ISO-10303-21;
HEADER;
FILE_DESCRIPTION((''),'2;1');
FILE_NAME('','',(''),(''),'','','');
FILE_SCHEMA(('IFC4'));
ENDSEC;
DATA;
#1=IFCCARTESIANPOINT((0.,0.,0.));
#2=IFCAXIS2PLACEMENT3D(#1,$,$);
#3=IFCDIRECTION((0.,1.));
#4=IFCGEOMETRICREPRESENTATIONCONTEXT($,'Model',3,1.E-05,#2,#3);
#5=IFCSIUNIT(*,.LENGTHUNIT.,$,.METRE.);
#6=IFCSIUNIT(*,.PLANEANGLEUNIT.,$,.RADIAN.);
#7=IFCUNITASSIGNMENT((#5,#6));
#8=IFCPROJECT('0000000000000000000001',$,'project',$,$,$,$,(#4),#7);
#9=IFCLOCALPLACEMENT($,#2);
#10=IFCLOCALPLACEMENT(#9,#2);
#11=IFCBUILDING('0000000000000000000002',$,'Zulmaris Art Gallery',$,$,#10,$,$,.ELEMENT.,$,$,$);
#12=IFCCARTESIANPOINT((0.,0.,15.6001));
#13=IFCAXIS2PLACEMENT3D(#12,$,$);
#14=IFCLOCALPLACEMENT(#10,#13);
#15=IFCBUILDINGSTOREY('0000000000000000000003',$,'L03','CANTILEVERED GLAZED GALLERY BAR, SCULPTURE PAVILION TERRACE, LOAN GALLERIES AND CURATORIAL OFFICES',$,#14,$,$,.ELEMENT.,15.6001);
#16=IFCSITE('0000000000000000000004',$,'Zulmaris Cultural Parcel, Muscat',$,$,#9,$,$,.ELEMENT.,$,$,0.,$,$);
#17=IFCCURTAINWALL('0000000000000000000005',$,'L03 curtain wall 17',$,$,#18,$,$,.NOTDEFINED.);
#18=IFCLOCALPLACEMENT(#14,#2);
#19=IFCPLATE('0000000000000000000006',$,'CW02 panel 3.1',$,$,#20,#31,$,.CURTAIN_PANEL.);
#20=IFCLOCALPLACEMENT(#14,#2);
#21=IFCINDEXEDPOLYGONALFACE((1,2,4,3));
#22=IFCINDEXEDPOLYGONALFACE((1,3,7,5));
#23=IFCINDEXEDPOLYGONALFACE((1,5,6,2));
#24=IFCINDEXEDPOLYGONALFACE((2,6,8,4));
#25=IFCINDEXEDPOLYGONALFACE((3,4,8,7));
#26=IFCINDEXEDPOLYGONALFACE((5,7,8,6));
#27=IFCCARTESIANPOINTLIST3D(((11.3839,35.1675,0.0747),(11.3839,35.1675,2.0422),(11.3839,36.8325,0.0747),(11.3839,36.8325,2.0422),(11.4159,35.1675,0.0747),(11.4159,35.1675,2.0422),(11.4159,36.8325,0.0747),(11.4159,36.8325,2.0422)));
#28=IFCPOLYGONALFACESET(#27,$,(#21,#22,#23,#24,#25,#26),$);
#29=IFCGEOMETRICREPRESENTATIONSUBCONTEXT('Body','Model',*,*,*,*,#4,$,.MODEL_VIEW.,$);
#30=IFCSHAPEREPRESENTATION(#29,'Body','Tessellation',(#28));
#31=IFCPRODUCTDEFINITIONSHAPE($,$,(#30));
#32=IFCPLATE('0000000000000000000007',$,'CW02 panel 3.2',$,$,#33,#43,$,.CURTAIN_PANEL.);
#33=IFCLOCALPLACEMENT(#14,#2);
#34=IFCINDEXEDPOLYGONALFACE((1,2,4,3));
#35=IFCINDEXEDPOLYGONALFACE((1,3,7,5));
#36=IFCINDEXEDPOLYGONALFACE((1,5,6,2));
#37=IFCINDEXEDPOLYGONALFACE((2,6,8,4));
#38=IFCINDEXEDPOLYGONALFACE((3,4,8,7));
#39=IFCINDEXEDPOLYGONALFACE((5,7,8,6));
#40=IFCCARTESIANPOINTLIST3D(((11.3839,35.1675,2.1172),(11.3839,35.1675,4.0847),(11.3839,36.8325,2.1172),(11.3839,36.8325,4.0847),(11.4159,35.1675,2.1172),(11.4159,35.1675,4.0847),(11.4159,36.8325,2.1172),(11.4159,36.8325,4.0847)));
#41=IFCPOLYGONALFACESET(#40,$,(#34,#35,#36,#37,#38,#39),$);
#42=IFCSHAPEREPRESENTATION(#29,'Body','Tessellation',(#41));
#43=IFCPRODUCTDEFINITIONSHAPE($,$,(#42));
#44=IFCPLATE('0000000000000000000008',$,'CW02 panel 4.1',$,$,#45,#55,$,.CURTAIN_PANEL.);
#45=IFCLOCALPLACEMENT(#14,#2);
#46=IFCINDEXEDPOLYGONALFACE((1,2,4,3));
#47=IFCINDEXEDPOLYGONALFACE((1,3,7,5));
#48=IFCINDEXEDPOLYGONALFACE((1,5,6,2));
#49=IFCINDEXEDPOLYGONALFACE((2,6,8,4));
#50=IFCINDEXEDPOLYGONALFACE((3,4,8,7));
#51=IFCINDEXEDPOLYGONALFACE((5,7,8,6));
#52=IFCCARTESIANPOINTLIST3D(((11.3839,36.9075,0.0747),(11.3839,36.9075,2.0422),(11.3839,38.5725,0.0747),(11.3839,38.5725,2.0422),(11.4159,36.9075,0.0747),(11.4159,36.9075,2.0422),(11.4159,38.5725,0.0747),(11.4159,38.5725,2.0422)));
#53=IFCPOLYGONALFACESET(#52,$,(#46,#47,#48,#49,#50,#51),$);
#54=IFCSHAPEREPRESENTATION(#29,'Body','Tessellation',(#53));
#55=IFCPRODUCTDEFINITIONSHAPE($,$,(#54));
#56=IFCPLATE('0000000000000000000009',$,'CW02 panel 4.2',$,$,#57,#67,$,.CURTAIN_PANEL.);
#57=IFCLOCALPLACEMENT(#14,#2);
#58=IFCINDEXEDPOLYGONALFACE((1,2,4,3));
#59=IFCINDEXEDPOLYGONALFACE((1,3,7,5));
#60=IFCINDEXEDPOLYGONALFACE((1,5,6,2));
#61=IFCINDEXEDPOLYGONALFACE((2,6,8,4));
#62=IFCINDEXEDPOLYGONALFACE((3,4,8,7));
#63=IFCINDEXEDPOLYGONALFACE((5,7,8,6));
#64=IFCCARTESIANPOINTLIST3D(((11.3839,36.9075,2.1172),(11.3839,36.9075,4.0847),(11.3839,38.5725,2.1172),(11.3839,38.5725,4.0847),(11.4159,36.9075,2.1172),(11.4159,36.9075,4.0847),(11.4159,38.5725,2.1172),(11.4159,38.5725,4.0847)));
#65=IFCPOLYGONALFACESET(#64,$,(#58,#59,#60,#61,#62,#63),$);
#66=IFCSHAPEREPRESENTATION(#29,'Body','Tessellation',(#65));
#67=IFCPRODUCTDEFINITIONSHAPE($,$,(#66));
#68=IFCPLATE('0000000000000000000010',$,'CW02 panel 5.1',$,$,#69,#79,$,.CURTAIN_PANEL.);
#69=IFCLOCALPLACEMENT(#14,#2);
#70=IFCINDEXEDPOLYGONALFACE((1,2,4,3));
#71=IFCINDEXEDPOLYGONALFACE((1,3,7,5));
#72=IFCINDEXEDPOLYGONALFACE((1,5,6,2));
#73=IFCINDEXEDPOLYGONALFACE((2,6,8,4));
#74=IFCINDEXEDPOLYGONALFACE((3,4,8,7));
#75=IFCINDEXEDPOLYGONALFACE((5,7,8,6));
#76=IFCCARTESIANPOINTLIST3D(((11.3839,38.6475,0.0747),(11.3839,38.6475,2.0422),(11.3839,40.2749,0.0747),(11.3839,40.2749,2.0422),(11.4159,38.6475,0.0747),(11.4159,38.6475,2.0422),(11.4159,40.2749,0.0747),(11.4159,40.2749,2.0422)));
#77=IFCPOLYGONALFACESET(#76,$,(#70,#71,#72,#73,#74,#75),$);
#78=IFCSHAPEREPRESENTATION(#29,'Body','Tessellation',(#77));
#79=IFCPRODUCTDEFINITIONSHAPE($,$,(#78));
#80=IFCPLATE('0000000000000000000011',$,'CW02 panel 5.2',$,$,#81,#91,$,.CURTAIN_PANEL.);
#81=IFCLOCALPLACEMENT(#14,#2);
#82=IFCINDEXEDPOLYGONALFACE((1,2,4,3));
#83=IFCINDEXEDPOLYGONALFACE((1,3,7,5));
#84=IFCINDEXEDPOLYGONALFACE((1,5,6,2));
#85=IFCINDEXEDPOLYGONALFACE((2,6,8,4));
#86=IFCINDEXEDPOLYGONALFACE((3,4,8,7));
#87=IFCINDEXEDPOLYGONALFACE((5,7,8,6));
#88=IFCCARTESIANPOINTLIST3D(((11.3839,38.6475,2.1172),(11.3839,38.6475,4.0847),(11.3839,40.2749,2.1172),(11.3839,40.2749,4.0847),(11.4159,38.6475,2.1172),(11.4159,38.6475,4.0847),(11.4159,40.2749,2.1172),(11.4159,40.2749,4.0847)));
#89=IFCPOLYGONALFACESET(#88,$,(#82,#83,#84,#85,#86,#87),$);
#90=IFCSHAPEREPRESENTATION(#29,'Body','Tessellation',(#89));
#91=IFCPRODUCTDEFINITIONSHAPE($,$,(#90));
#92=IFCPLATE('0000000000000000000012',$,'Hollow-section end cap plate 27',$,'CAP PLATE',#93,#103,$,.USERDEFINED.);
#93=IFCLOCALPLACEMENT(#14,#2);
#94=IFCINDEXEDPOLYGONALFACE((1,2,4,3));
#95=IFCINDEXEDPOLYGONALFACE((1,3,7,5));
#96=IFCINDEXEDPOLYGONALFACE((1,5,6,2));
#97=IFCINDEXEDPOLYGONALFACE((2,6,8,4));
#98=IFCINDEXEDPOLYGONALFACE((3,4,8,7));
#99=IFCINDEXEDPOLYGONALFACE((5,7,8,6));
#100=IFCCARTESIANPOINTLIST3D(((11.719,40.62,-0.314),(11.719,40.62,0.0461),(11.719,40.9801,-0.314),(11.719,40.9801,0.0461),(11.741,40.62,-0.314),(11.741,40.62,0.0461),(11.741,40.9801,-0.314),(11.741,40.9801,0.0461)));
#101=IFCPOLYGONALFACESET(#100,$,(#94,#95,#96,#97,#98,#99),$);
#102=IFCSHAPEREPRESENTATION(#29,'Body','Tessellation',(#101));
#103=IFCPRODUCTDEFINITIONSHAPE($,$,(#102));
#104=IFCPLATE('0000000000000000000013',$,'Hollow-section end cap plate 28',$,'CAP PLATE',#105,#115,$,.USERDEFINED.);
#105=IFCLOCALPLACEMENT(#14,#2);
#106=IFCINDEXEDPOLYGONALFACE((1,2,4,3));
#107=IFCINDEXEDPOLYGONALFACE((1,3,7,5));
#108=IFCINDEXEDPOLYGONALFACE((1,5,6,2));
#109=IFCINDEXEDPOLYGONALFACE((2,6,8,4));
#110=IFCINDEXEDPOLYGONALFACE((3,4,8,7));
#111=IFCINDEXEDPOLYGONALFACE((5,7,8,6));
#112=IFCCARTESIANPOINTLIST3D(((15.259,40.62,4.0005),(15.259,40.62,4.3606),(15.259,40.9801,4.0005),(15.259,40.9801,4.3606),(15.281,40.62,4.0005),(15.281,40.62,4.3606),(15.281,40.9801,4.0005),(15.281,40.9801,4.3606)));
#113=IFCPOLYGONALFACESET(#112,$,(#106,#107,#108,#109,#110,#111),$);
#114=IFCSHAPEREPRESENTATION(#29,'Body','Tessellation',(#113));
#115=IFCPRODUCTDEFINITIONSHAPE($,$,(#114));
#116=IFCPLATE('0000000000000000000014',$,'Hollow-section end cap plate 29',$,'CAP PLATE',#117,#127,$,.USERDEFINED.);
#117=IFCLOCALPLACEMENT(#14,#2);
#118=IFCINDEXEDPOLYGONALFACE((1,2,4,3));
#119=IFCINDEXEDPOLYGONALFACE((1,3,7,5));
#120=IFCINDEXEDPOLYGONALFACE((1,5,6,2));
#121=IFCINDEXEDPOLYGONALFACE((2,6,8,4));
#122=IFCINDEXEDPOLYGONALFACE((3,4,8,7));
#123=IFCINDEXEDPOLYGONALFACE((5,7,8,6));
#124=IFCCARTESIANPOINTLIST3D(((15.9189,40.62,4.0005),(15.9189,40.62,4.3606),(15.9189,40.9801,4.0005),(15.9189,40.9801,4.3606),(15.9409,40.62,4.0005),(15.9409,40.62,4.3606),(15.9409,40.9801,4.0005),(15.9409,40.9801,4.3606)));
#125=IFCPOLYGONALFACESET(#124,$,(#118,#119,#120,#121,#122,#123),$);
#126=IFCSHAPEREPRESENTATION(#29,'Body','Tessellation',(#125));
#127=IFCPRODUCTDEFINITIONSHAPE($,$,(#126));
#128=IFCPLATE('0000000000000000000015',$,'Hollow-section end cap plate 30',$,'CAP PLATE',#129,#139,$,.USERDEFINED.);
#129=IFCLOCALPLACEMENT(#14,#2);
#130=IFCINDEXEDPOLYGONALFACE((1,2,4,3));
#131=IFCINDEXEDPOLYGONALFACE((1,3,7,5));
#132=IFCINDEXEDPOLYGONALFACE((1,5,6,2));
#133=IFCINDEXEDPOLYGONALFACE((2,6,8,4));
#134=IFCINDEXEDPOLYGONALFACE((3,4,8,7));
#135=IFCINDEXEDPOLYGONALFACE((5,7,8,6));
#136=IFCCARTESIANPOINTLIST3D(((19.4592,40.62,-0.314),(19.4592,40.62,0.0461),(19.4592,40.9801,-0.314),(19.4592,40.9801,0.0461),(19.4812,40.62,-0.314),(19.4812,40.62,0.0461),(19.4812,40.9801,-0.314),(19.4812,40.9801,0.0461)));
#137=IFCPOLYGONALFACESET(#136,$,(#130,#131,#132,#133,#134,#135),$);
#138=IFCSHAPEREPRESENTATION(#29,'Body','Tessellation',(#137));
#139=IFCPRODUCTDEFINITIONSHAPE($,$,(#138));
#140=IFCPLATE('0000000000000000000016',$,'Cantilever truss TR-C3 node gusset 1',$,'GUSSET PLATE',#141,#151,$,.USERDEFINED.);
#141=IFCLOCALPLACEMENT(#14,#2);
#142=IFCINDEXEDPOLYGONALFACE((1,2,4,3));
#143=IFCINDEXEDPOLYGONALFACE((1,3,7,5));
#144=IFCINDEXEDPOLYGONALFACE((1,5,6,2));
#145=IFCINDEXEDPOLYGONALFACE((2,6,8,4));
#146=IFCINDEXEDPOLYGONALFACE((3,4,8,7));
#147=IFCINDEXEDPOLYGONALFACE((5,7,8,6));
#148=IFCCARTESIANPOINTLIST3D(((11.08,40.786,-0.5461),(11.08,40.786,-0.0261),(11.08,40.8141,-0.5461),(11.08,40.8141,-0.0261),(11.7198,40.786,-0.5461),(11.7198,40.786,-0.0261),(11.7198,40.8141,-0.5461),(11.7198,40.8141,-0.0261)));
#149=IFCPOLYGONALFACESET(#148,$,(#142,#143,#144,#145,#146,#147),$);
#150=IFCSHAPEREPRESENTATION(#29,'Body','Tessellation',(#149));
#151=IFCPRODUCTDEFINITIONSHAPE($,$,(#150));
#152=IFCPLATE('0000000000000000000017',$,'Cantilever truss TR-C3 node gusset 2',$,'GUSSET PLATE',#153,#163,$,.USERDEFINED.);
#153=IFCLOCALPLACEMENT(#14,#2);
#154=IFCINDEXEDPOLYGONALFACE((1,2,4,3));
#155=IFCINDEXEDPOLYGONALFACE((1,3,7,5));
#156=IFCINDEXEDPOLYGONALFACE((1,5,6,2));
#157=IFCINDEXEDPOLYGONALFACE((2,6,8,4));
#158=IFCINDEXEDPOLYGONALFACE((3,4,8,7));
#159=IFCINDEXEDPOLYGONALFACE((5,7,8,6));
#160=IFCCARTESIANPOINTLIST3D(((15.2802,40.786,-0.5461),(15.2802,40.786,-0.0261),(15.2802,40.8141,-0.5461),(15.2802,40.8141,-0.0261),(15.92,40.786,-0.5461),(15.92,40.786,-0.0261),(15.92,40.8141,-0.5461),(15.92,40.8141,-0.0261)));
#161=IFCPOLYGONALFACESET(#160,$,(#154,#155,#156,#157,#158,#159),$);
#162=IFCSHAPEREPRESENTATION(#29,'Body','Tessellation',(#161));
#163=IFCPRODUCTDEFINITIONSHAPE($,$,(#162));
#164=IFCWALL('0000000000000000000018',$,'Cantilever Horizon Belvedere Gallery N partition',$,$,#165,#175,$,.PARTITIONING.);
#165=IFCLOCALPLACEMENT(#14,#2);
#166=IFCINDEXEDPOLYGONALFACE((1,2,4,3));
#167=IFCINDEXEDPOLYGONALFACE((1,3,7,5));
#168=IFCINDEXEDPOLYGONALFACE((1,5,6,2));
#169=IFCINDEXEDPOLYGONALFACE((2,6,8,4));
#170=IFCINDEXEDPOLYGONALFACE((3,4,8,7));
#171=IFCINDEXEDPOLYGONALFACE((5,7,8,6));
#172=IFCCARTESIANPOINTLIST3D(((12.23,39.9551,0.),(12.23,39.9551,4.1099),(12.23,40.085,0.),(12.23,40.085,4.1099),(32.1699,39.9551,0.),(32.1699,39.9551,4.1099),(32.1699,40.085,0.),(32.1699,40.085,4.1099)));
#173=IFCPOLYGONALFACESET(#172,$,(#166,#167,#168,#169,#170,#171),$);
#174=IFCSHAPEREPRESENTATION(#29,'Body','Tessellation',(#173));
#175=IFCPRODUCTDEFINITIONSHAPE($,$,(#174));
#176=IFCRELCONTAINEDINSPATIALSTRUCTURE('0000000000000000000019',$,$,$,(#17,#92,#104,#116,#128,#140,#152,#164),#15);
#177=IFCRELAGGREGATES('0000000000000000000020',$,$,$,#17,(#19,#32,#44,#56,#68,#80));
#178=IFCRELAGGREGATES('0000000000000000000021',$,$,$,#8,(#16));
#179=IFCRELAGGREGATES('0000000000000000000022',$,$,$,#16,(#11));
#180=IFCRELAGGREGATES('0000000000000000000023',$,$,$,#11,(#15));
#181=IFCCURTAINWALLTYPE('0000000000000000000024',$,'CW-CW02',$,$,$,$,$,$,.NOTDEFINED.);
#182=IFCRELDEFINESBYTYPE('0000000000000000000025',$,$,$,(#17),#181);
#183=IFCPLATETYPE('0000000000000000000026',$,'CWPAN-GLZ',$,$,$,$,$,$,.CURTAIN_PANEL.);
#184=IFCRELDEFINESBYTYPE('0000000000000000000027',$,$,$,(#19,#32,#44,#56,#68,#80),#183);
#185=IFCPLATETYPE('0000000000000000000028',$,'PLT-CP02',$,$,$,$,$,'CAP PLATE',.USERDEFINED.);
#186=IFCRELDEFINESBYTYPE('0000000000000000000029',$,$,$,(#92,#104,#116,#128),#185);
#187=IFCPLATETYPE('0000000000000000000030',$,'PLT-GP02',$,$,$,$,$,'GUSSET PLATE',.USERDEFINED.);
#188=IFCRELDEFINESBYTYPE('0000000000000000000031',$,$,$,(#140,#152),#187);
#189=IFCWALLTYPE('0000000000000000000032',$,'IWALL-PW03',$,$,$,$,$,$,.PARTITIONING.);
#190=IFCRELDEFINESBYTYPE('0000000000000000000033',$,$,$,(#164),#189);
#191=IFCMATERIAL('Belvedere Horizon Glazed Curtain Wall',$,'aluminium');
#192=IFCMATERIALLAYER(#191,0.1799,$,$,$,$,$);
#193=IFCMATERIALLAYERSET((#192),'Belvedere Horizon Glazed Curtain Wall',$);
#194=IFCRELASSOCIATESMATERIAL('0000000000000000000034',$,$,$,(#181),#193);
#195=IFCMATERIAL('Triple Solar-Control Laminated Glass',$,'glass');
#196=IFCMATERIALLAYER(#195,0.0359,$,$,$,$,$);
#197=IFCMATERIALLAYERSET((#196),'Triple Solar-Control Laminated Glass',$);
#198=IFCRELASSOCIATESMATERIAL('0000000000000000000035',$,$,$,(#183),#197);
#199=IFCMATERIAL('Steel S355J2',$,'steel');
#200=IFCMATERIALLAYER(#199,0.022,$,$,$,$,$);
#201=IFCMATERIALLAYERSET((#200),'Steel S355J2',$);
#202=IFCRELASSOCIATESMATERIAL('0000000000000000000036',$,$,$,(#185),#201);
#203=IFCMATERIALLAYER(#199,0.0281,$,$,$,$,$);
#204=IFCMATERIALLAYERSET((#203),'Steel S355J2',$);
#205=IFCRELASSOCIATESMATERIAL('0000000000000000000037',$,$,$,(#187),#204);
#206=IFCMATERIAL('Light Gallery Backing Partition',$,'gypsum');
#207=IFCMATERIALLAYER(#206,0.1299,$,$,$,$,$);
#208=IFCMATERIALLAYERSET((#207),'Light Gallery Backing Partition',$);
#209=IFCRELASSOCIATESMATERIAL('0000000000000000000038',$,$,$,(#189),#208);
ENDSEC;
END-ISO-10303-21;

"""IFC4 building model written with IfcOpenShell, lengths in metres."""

from ifc_helpers import new_model, si_unit, direction, frame, frame_2d, origin, origin_2d, place, context, subcontext, project, spatial, rectangle, extrude, material, layer, layer_set, type_object, element, aggregate, save


model = new_model("IFC4")

# Units and contexts
model_context = context("Model", 3, precision=1e-05, world=origin(), true_north=direction((0.0, 1.0)))
body_context = subcontext(model_context, "Body", "Model", "MODEL_VIEW")
ifc_project = project(units=[si_unit("LENGTHUNIT", "METRE"), si_unit("PLANEANGLEUNIT", "RADIAN")], contexts=[model_context])

# Site, building, storey
site_placement = place(None, origin())
site = spatial("IfcSite", under=ifc_project, at=site_placement, Name="Zulmaris Cultural Parcel, Muscat", CompositionType="ELEMENT", RefElevation=0.0)
building_placement = place(site_placement, origin())
building = spatial("IfcBuilding", under=site, at=building_placement, Name="Zulmaris Art Gallery", CompositionType="ELEMENT")
storey_placement = place(building_placement, frame((0.0, 0.0, 15.6001)))
storey = spatial("IfcBuildingStorey", under=building, at=storey_placement, Name="L03", Description="CANTILEVERED GLAZED GALLERY BAR, SCULPTURE PAVILION TERRACE, LOAN GALLERIES AND CURATORIAL OFFICES", CompositionType="ELEMENT", Elevation=15.6001)

# Shared definitions
ifc_material_1 = material(Name="Steel S355J2", Category="steel")

# Curtain wall
ifc_material_2 = material(Name="Belvedere Horizon Glazed Curtain Wall", Category="aluminium")
ifc_layer_1 = layer(ifc_material_2, 0.1799)
ifc_layer_set_1 = layer_set([ifc_layer_1], Name="Belvedere Horizon Glazed Curtain Wall")
curtain_wall_type = type_object("IfcCurtainWallType", Name="CW-CW02", PredefinedType="NOTDEFINED", material=ifc_layer_set_1)
curtain_wall_placement = place(storey_placement, origin())
curtain_wall = element("IfcCurtainWall", 1, at=curtain_wall_placement, inside=storey, type_object=curtain_wall_type, Name="L03 curtain wall 17", PredefinedType="NOTDEFINED")

# Plates
ifc_material_3 = material(Name="Triple Solar-Control Laminated Glass", Category="glass")
ifc_layer_2 = layer(ifc_material_3, 0.0359)
ifc_layer_set_2 = layer_set([ifc_layer_2], Name="Triple Solar-Control Laminated Glass")
plate_type_1 = type_object("IfcPlateType", Name="CWPAN-GLZ", PredefinedType="CURTAIN_PANEL", material=ifc_layer_set_2)
plate_1_placement = place(storey_placement, frame((11.3999, 36.0, 0.0747), z_axis=(0.0, 0.0, 1.0), x_axis=(0.0, 1.0, 0.0)))
plate_1 = element("IfcPlate", 2, at=plate_1_placement, type_object=plate_type_1, Name="CW02 panel 3.1", PredefinedType="CURTAIN_PANEL", context=body_context, shape_type="SweptSolid", body=[
    extrude(rectangle(XDim=1.665, YDim=0.032, at=origin_2d()), origin(), (0.0, 0.0, 1.0), 1.9675),
])
plate_2_placement = place(storey_placement, frame((11.3999, 36.0, 2.1172), z_axis=(0.0, 0.0, 1.0), x_axis=(0.0, 1.0, 0.0)))
plate_2 = element("IfcPlate", 3, at=plate_2_placement, type_object=plate_type_1, Name="CW02 panel 3.2", PredefinedType="CURTAIN_PANEL", context=body_context, shape_type="SweptSolid", body=[
    extrude(rectangle(XDim=1.665, YDim=0.032, at=origin_2d()), origin(), (0.0, 0.0, 1.0), 1.9675),
])
plate_3_placement = place(storey_placement, frame((11.3999, 37.74, 0.0747), z_axis=(0.0, 0.0, 1.0), x_axis=(0.0, 1.0, 0.0)))
plate_3 = element("IfcPlate", 4, at=plate_3_placement, type_object=plate_type_1, Name="CW02 panel 4.1", PredefinedType="CURTAIN_PANEL", context=body_context, shape_type="SweptSolid", body=[
    extrude(rectangle(XDim=1.665, YDim=0.032, at=origin_2d()), origin(), (0.0, 0.0, 1.0), 1.9675),
])
plate_4_placement = place(storey_placement, frame((11.3999, 37.74, 2.1172), z_axis=(0.0, 0.0, 1.0), x_axis=(0.0, 1.0, 0.0)))
plate_4 = element("IfcPlate", 5, at=plate_4_placement, type_object=plate_type_1, Name="CW02 panel 4.2", PredefinedType="CURTAIN_PANEL", context=body_context, shape_type="SweptSolid", body=[
    extrude(rectangle(XDim=1.665, YDim=0.032, at=origin_2d()), origin(), (0.0, 0.0, 1.0), 1.9675),
])
plate_5_placement = place(storey_placement, frame((11.3999, 39.4612, 0.0747), z_axis=(0.0, 0.0, 1.0), x_axis=(0.0, 1.0, 0.0)))
plate_5 = element("IfcPlate", 6, at=plate_5_placement, type_object=plate_type_1, Name="CW02 panel 5.1", PredefinedType="CURTAIN_PANEL", context=body_context, shape_type="SweptSolid", body=[
    extrude(rectangle(XDim=1.6274, YDim=0.032, at=origin_2d()), origin(), (0.0, 0.0, 1.0), 1.9675),
])
plate_6_placement = place(storey_placement, frame((11.3999, 39.4612, 2.1172), z_axis=(0.0, 0.0, 1.0), x_axis=(0.0, 1.0, 0.0)))
plate_6 = element("IfcPlate", 7, at=plate_6_placement, type_object=plate_type_1, Name="CW02 panel 5.2", PredefinedType="CURTAIN_PANEL", context=body_context, shape_type="SweptSolid", body=[
    extrude(rectangle(XDim=1.6274, YDim=0.032, at=origin_2d()), origin(), (0.0, 0.0, 1.0), 1.9675),
])
aggregate(curtain_wall, [plate_1, plate_2, plate_3, plate_4, plate_5, plate_6])

# Plates
ifc_layer_3 = layer(ifc_material_1, 0.022)
ifc_layer_set_3 = layer_set([ifc_layer_3], Name="Steel S355J2")
plate_type_2 = type_object("IfcPlateType", Name="PLT-CP02", ElementType="CAP PLATE", PredefinedType="USERDEFINED", material=ifc_layer_set_3)
for number, where, z_axis, x_axis, name in (
    (8, (11.73, 40.8, -0.314), (0.0, 0.0, 1.0), (1.0, 0.0, 0.0), "Hollow-section end cap plate 27"),
    (9, (15.27, 40.8, 4.0005), (0.0, 0.0, 1.0), (1.0, 0.0, 0.0), "Hollow-section end cap plate 28"),
    (10, (15.9299, 40.8, 4.0005), (0.0, 0.0, 1.0), (1.0, 0.0, 0.0), "Hollow-section end cap plate 29"),
    (11, (19.4702, 40.8, -0.314), (0.0, 0.0, 1.0), (1.0, 0.0, 0.0), "Hollow-section end cap plate 30"),
):
    element("IfcPlate", number, at=place(storey_placement, frame(where, z_axis=z_axis, x_axis=x_axis)), inside=storey, type_object=plate_type_2, Name=name, ObjectType="CAP PLATE", PredefinedType="USERDEFINED", context=body_context, shape_type="SweptSolid", body=[
        extrude(rectangle(XDim=0.022, YDim=0.3601, at=origin_2d()), origin(), (0.0, 0.0, 1.0), 0.3601),
    ])
ifc_layer_4 = layer(ifc_material_1, 0.0281)
ifc_layer_set_4 = layer_set([ifc_layer_4], Name="Steel S355J2")
plate_type_3 = type_object("IfcPlateType", Name="PLT-GP02", ElementType="GUSSET PLATE", PredefinedType="USERDEFINED", material=ifc_layer_set_4)
for number, where, z_axis, x_axis, name in (
    (12, (11.3999, 40.8, -0.5461), (0.0, 0.0, 1.0), (1.0, 0.0, 0.0), "Cantilever truss TR-C3 node gusset 1"),
    (13, (15.6001, 40.8, -0.5461), (0.0, 0.0, 1.0), (1.0, 0.0, 0.0), "Cantilever truss TR-C3 node gusset 2"),
):
    element("IfcPlate", number, at=place(storey_placement, frame(where, z_axis=z_axis, x_axis=x_axis)), inside=storey, type_object=plate_type_3, Name=name, ObjectType="GUSSET PLATE", PredefinedType="USERDEFINED", context=body_context, shape_type="SweptSolid", body=[
        extrude(rectangle(XDim=0.6399, YDim=0.0281, at=origin_2d()), origin(), (0.0, 0.0, 1.0), 0.52),
    ])

# Wall
ifc_material_4 = material(Name="Light Gallery Backing Partition", Category="gypsum")
ifc_layer_5 = layer(ifc_material_4, 0.1299)
ifc_layer_set_5 = layer_set([ifc_layer_5], Name="Light Gallery Backing Partition")
wall_type = type_object("IfcWallType", Name="IWALL-PW03", PredefinedType="PARTITIONING", material=ifc_layer_set_5)
wall_placement = place(storey_placement, frame((12.23, 40.02, 0.0), z_axis=(0.0, 0.0, 1.0), x_axis=(1.0, 0.0, 0.0)))
element("IfcWall", 14, at=wall_placement, inside=storey, type_object=wall_type, Name="Cantilever Horizon Belvedere Gallery N partition", PredefinedType="PARTITIONING", context=body_context, shape_type="SweptSolid", body=[
    extrude(rectangle(XDim=19.9399, YDim=0.1299, at=frame_2d((9.97, 0.0))), origin(), (0.0, 0.0, 1.0), 4.1099),
])

save(model, "model.ifc")
